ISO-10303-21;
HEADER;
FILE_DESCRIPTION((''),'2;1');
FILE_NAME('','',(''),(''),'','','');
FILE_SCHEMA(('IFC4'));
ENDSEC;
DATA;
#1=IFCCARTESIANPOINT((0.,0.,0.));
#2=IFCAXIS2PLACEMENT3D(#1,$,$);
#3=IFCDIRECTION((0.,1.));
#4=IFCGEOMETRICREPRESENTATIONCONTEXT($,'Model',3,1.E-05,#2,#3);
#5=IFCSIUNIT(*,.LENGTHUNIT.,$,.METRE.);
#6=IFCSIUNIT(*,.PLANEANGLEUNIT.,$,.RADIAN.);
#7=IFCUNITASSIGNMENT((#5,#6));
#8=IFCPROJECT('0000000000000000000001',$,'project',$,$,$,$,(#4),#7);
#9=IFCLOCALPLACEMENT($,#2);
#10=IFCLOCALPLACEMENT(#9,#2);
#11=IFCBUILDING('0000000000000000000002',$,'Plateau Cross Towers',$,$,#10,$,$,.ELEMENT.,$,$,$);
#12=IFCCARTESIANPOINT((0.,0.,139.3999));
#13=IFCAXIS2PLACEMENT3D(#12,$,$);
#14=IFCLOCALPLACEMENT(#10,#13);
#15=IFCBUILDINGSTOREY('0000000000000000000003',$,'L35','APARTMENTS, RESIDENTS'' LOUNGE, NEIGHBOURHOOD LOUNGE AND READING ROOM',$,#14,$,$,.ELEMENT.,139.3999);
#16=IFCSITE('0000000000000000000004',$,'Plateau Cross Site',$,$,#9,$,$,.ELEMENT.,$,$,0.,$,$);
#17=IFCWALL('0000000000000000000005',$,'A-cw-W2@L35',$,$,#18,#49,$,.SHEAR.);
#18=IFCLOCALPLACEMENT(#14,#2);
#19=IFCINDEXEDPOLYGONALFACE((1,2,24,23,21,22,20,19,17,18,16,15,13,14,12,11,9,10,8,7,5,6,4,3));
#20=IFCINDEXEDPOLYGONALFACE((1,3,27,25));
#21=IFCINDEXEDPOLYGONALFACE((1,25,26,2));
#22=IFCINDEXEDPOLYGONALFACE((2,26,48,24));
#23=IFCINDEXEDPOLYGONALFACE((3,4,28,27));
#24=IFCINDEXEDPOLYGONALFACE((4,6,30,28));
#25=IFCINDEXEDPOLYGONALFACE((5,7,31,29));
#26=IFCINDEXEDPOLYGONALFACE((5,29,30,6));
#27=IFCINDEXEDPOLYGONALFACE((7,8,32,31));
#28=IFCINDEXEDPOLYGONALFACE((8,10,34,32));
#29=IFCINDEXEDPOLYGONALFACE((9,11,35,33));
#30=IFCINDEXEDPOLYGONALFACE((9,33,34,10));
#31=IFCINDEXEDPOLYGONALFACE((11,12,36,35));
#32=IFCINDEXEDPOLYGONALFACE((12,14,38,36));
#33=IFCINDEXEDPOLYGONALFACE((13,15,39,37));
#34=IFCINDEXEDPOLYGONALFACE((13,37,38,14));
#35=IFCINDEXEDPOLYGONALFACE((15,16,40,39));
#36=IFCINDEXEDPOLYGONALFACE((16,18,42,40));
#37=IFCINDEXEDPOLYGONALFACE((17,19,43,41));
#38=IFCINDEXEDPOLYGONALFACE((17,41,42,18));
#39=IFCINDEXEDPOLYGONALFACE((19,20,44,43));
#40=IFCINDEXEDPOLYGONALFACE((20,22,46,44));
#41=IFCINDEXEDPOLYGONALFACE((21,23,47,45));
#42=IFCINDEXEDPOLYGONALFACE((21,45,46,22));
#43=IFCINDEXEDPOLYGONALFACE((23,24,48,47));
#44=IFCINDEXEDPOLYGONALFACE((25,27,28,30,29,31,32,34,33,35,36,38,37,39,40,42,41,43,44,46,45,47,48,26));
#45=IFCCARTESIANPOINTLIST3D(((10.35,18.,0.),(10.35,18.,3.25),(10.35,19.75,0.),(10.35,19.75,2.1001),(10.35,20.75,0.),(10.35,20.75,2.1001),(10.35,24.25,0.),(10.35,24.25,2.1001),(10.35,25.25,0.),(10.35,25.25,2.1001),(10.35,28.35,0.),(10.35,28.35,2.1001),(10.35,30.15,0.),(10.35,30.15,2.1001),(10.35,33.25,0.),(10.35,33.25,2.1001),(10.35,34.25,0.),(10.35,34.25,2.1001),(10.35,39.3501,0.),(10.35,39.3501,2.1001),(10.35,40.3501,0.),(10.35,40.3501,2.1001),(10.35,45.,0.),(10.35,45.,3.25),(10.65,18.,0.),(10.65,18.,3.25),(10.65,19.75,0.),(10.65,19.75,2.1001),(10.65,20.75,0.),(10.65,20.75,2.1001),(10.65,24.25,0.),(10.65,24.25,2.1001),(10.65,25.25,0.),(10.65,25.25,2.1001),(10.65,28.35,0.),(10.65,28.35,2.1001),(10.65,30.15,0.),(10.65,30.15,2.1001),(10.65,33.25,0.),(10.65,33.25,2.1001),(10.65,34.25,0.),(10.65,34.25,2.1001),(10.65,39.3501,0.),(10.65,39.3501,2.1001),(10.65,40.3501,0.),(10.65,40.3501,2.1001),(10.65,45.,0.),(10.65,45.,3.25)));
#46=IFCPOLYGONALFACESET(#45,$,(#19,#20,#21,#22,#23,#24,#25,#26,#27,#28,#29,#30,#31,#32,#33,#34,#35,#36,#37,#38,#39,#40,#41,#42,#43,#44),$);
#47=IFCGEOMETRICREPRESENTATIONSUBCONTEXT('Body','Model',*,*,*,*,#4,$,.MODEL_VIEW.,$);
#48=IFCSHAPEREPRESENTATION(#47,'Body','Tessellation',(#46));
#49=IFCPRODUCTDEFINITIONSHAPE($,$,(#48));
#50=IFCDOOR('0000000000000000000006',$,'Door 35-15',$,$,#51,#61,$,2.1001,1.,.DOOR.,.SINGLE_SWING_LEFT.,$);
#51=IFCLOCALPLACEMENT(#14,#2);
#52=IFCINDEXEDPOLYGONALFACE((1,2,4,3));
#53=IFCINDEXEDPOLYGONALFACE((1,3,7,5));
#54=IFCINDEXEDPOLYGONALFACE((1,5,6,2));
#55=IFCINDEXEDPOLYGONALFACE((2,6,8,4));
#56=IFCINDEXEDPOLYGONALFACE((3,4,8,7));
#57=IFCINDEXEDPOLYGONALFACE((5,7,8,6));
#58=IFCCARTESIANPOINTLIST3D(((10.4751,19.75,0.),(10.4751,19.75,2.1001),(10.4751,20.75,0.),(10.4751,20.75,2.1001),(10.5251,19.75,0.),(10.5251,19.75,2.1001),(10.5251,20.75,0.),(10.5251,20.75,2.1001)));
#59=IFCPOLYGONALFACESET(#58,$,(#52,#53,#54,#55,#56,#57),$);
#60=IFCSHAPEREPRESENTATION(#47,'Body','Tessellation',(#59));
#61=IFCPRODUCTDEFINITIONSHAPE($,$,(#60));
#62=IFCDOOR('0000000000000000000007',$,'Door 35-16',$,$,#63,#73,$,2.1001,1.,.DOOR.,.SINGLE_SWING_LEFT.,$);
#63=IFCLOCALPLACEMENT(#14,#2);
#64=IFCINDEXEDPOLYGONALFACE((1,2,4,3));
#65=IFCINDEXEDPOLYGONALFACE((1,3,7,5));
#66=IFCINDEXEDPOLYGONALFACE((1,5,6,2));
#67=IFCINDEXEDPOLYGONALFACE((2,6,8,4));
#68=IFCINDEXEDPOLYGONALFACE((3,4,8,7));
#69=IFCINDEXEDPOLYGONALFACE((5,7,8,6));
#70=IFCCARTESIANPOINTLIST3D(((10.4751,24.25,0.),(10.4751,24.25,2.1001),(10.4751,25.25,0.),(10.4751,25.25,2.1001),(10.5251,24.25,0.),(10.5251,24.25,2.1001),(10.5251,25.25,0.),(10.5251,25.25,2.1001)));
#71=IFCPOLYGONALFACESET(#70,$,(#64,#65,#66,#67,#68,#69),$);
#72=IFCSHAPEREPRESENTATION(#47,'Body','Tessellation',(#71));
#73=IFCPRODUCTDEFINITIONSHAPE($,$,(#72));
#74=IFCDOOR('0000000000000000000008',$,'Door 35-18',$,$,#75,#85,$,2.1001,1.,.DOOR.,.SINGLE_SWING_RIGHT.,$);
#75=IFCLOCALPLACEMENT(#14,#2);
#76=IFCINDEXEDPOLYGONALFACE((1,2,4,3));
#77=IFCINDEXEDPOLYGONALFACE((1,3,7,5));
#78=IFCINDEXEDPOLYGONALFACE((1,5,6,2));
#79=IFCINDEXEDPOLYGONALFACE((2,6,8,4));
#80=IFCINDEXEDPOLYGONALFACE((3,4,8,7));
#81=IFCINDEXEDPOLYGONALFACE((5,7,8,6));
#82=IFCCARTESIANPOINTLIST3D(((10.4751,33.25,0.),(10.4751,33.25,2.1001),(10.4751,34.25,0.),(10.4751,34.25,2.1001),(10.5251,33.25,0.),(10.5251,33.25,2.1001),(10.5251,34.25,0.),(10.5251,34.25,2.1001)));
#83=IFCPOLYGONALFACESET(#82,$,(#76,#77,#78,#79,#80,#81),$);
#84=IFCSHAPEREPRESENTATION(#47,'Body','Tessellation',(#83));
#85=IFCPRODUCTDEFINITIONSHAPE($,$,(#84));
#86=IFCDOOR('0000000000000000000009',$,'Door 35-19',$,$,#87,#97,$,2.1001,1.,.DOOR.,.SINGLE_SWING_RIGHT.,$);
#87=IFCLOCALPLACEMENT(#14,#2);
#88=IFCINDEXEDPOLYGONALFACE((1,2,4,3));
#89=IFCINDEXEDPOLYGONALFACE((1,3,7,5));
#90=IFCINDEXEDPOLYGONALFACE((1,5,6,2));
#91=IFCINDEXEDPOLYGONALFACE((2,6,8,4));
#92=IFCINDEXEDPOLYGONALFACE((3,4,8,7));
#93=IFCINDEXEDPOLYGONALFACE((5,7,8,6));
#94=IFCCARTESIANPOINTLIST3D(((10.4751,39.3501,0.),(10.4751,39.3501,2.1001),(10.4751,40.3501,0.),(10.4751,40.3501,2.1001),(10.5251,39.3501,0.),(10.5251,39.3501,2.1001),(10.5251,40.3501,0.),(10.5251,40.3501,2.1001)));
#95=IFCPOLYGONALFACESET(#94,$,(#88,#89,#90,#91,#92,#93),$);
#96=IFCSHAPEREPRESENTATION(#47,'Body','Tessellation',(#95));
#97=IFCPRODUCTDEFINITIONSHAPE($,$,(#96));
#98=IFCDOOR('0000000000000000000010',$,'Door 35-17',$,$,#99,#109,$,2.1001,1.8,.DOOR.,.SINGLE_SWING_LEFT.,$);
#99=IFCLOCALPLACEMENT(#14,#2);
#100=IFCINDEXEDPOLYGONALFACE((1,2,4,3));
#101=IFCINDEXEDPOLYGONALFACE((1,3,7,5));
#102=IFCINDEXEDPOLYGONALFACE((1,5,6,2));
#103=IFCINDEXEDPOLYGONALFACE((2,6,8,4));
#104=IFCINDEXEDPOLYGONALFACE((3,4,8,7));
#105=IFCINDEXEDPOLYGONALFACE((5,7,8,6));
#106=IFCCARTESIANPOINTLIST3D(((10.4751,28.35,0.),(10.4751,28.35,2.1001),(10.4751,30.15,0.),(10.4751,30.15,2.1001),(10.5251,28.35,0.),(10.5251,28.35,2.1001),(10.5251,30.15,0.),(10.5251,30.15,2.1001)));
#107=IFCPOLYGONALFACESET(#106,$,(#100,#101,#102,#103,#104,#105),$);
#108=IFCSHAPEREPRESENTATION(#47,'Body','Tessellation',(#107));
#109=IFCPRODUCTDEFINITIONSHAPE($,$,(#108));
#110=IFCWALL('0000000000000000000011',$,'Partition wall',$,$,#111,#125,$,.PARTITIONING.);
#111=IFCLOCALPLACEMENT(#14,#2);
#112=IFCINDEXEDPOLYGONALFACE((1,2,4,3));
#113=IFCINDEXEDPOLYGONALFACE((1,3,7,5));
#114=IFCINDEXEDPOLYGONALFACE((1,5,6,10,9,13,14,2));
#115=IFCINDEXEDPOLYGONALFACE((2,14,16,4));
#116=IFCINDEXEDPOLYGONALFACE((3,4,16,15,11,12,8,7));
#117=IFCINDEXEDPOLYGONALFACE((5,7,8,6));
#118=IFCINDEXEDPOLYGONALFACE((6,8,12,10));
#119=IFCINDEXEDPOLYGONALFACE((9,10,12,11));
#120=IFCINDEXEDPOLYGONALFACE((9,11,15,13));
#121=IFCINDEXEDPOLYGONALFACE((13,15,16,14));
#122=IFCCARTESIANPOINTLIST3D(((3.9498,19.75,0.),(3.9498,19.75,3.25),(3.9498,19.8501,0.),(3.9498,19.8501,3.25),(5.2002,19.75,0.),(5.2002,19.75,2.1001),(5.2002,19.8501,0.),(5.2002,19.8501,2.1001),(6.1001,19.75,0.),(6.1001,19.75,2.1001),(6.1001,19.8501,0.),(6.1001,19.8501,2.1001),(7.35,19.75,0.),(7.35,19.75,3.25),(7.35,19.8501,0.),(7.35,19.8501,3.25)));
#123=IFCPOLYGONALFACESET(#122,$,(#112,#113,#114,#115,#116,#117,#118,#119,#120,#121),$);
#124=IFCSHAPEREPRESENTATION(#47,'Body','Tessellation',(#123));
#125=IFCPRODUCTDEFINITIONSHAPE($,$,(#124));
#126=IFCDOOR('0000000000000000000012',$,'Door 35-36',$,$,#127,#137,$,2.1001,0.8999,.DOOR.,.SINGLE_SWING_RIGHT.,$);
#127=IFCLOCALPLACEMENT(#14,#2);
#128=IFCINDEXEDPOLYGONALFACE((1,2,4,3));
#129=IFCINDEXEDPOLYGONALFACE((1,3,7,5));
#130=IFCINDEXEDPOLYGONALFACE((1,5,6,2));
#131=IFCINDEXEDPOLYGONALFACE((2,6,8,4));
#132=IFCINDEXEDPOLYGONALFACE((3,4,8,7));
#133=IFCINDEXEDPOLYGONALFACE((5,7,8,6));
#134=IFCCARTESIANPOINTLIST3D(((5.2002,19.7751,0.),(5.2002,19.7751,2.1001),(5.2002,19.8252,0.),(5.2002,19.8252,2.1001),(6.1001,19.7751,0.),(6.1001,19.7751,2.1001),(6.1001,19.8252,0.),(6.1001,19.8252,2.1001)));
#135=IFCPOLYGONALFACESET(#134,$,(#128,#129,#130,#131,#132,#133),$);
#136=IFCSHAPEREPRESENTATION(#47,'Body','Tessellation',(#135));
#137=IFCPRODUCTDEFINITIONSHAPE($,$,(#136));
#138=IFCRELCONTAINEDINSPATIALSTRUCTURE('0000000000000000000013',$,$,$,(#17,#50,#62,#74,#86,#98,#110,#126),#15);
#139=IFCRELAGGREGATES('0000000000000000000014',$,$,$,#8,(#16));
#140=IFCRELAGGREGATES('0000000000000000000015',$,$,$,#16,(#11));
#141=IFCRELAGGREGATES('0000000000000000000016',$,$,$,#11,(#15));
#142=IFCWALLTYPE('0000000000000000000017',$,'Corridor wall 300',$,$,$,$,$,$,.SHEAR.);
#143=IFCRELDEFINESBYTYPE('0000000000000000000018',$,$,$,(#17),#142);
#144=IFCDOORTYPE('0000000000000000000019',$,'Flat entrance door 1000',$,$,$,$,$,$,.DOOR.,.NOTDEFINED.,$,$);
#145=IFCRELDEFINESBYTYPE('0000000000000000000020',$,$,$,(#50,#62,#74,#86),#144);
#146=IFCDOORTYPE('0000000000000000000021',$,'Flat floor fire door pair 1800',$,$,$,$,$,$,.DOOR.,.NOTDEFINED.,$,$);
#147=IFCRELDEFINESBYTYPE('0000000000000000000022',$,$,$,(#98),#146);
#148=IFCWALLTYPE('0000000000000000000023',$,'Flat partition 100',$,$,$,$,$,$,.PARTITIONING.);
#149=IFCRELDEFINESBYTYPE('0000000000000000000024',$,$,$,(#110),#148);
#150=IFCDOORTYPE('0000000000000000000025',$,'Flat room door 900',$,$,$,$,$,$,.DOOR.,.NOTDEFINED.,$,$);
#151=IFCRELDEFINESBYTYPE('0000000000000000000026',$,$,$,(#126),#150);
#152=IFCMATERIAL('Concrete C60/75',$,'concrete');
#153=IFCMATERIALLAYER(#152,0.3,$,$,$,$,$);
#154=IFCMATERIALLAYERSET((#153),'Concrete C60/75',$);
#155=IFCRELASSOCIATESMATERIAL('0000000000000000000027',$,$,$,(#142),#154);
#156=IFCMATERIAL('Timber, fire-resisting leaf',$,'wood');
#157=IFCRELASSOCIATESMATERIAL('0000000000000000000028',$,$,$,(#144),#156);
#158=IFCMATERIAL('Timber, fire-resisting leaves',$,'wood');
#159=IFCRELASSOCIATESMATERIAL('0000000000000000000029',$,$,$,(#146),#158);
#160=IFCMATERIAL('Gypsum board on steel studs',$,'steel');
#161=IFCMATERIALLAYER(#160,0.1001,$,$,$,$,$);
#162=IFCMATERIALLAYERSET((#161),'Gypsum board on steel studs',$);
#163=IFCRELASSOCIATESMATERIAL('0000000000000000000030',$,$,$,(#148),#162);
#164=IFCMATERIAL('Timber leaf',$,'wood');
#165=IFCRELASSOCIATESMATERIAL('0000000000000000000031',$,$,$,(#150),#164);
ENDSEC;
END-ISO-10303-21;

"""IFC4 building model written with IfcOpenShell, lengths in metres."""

from ifc_helpers import new_model, si_unit, direction, frame, frame_2d, origin, place, context, subcontext, project, spatial, rectangle, extrude, material, layer, layer_set, type_object, element, fill, save


model = new_model("IFC4")

# Units and contexts
model_context = context("Model", 3, precision=1e-05, world=origin(), true_north=direction((0.0, 1.0)))
body_context = subcontext(model_context, "Body", "Model", "MODEL_VIEW")
ifc_project = project(units=[si_unit("LENGTHUNIT", "METRE"), si_unit("PLANEANGLEUNIT", "RADIAN")], contexts=[model_context])

# Site, building, storey
site_placement = place(None, origin())
site = spatial("IfcSite", under=ifc_project, at=site_placement, Name="Plateau Cross Site", CompositionType="ELEMENT", RefElevation=0.0)
building_placement = place(site_placement, origin())
building = spatial("IfcBuilding", under=site, at=building_placement, Name="Plateau Cross Towers", CompositionType="ELEMENT")
storey_placement = place(building_placement, frame((0.0, 0.0, 139.3999)))
storey = spatial("IfcBuildingStorey", under=building, at=storey_placement, Name="L35", Description="APARTMENTS, RESIDENTS' LOUNGE, NEIGHBOURHOOD LOUNGE AND READING ROOM", CompositionType="ELEMENT", Elevation=139.3999)

# Wall, openings, doors
ifc_material_1 = material(Name="Concrete C60/75", Category="concrete")
ifc_layer_1 = layer(ifc_material_1, 0.3)
ifc_layer_set_1 = layer_set([ifc_layer_1], Name="Concrete C60/75")
wall_type_1 = type_object("IfcWallType", Name="Corridor wall 300", PredefinedType="SHEAR", material=ifc_layer_set_1)
ifc_material_2 = material(Name="Timber, fire-resisting leaf", Category="wood")
door_type_1 = type_object("IfcDoorType", Name="Flat entrance door 1000", OperationType="NOTDEFINED", PredefinedType="DOOR", material=ifc_material_2)
wall_1_placement = place(storey_placement, frame((10.5, 18.0, 0.0), z_axis=(0.0, 0.0, 1.0), x_axis=(0.0, 1.0, 0.0)))
wall_1 = element("IfcWall", 1, at=wall_1_placement, inside=storey, type_object=wall_type_1, Name="A-cw-W2@L35", PredefinedType="SHEAR", context=body_context, shape_type="SweptSolid", body=[
    extrude(rectangle(XDim=27.0, YDim=0.3, at=frame_2d((13.5, 0.0))), origin(), (0.0, 0.0, 1.0), 3.25),
])
opening_1_placement = place(wall_1_placement, frame((1.75, 0.0, 0.0)))
opening_1 = element("IfcOpeningElement", 2, at=opening_1_placement, cuts=wall_1, PredefinedType="OPENING", context=body_context, shape_type="SweptSolid", body=[
    extrude(rectangle(XDim=1.0, YDim=2.1001, at=frame_2d((0.5, 1.05))), frame((0.0, 0.1599, 0.0), z_axis=(0.0, -1.0, 0.0), x_axis=(1.0, 0.0, 0.0)), (0.0, 0.0, 1.0), 0.3201),
])
opening_2_placement = place(wall_1_placement, frame((6.25, 0.0, 0.0)))
opening_2 = element("IfcOpeningElement", 3, at=opening_2_placement, cuts=wall_1, PredefinedType="OPENING", context=body_context, shape_type="SweptSolid", body=[
    extrude(rectangle(XDim=1.0, YDim=2.1001, at=frame_2d((0.5, 1.05))), frame((0.0, 0.1599, 0.0), z_axis=(0.0, -1.0, 0.0), x_axis=(1.0, 0.0, 0.0)), (0.0, 0.0, 1.0), 0.3201),
])
opening_3_placement = place(wall_1_placement, frame((10.3501, 0.0, 0.0)))
opening_3 = element("IfcOpeningElement", 4, at=opening_3_placement, cuts=wall_1, PredefinedType="OPENING", context=body_context, shape_type="SweptSolid", body=[
    extrude(rectangle(XDim=1.8, YDim=2.1001, at=frame_2d((0.8999, 1.05))), frame((0.0, 0.1599, 0.0), z_axis=(0.0, -1.0, 0.0), x_axis=(1.0, 0.0, 0.0)), (0.0, 0.0, 1.0), 0.3201),
])
opening_4_placement = place(wall_1_placement, frame((15.25, 0.0, 0.0)))
opening_4 = element("IfcOpeningElement", 5, at=opening_4_placement, cuts=wall_1, PredefinedType="OPENING", context=body_context, shape_type="SweptSolid", body=[
    extrude(rectangle(XDim=1.0, YDim=2.1001, at=frame_2d((0.5, 1.05))), frame((0.0, 0.1599, 0.0), z_axis=(0.0, -1.0, 0.0), x_axis=(1.0, 0.0, 0.0)), (0.0, 0.0, 1.0), 0.3201),
])
opening_5_placement = place(wall_1_placement, frame((21.3501, 0.0, 0.0)))
opening_5 = element("IfcOpeningElement", 6, at=opening_5_placement, cuts=wall_1, PredefinedType="OPENING", context=body_context, shape_type="SweptSolid", body=[
    extrude(rectangle(XDim=1.0, YDim=2.1001, at=frame_2d((0.5, 1.05))), frame((0.0, 0.1599, 0.0), z_axis=(0.0, -1.0, 0.0), x_axis=(1.0, 0.0, 0.0)), (0.0, 0.0, 1.0), 0.3201),
])
door_1_placement = place(opening_1_placement, origin())
door_1 = element("IfcDoor", 7, at=door_1_placement, inside=storey, type_object=door_type_1, Name="Door 35-15", OperationType="SINGLE_SWING_LEFT", OverallHeight=2.1001, OverallWidth=1.0, PredefinedType="DOOR", context=body_context, shape_type="SweptSolid", body=[
    extrude(rectangle(XDim=1.0, YDim=2.1001, at=frame_2d((0.5, 1.05))), frame((0.0, 0.0249, 0.0), z_axis=(0.0, -1.0, 0.0), x_axis=(1.0, 0.0, 0.0)), (0.0, 0.0, 1.0), 0.05),
])
fill(opening_1, door_1)
door_2_placement = place(opening_2_placement, origin())
door_2 = element("IfcDoor", 8, at=door_2_placement, inside=storey, type_object=door_type_1, Name="Door 35-16", OperationType="SINGLE_SWING_LEFT", OverallHeight=2.1001, OverallWidth=1.0, PredefinedType="DOOR", context=body_context, shape_type="SweptSolid", body=[
    extrude(rectangle(XDim=1.0, YDim=2.1001, at=frame_2d((0.5, 1.05))), frame((0.0, 0.0249, 0.0), z_axis=(0.0, -1.0, 0.0), x_axis=(1.0, 0.0, 0.0)), (0.0, 0.0, 1.0), 0.05),
])
fill(opening_2, door_2)
door_3_placement = place(opening_4_placement, origin())
door_3 = element("IfcDoor", 9, at=door_3_placement, inside=storey, type_object=door_type_1, Name="Door 35-18", OperationType="SINGLE_SWING_RIGHT", OverallHeight=2.1001, OverallWidth=1.0, PredefinedType="DOOR", context=body_context, shape_type="SweptSolid", body=[
    extrude(rectangle(XDim=1.0, YDim=2.1001, at=frame_2d((0.5, 1.05))), frame((0.0, 0.0249, 0.0), z_axis=(0.0, -1.0, 0.0), x_axis=(1.0, 0.0, 0.0)), (0.0, 0.0, 1.0), 0.05),
])
fill(opening_4, door_3)
door_4_placement = place(opening_5_placement, origin())
door_4 = element("IfcDoor", 10, at=door_4_placement, inside=storey, type_object=door_type_1, Name="Door 35-19", OperationType="SINGLE_SWING_RIGHT", OverallHeight=2.1001, OverallWidth=1.0, PredefinedType="DOOR", context=body_context, shape_type="SweptSolid", body=[
    extrude(rectangle(XDim=1.0, YDim=2.1001, at=frame_2d((0.5, 1.05))), frame((0.0, 0.0249, 0.0), z_axis=(0.0, -1.0, 0.0), x_axis=(1.0, 0.0, 0.0)), (0.0, 0.0, 1.0), 0.05),
])
fill(opening_5, door_4)
ifc_material_3 = material(Name="Timber, fire-resisting leaves", Category="wood")
door_type_2 = type_object("IfcDoorType", Name="Flat floor fire door pair 1800", OperationType="NOTDEFINED", PredefinedType="DOOR", material=ifc_material_3)
door_5_placement = place(opening_3_placement, origin())
door_5 = element("IfcDoor", 11, at=door_5_placement, inside=storey, type_object=door_type_2, Name="Door 35-17", OperationType="SINGLE_SWING_LEFT", OverallHeight=2.1001, OverallWidth=1.8, PredefinedType="DOOR", context=body_context, shape_type="SweptSolid", body=[
    extrude(rectangle(XDim=1.8, YDim=2.1001, at=frame_2d((0.8999, 1.05))), frame((0.0, 0.0249, 0.0), z_axis=(0.0, -1.0, 0.0), x_axis=(1.0, 0.0, 0.0)), (0.0, 0.0, 1.0), 0.05),
])
fill(opening_3, door_5)

# Wall, opening, door
ifc_material_4 = material(Name="Gypsum board on steel studs", Category="steel")
ifc_layer_2 = layer(ifc_material_4, 0.1001)
ifc_layer_set_2 = layer_set([ifc_layer_2], Name="Gypsum board on steel studs")
wall_type_2 = type_object("IfcWallType", Name="Flat partition 100", PredefinedType="PARTITIONING", material=ifc_layer_set_2)
wall_2_placement = place(storey_placement, frame((7.3501, 19.8, 0.0), z_axis=(0.0, 0.0, 1.0), x_axis=(-1.0, 0.0, 0.0)))
wall_2 = element("IfcWall", 12, at=wall_2_placement, inside=storey, type_object=wall_type_2, Name="Partition wall", PredefinedType="PARTITIONING", context=body_context, shape_type="SweptSolid", body=[
    extrude(rectangle(XDim=3.4001, YDim=0.1001, at=frame_2d((1.7002, 0.0))), origin(), (0.0, 0.0, 1.0), 3.25),
])
opening_6_placement = place(wall_2_placement, frame((1.25, 0.0, 0.0)))
opening_6 = element("IfcOpeningElement", 13, at=opening_6_placement, cuts=wall_2, PredefinedType="OPENING", context=body_context, shape_type="SweptSolid", body=[
    extrude(rectangle(XDim=0.8999, YDim=2.1001, at=frame_2d((0.45, 1.05))), frame((0.0, 0.0601, 0.0), z_axis=(0.0, -1.0, 0.0), x_axis=(1.0, 0.0, 0.0)), (0.0, 0.0, 1.0), 0.1201),
])
ifc_material_5 = material(Name="Timber leaf", Category="wood")
door_type_3 = type_object("IfcDoorType", Name="Flat room door 900", OperationType="NOTDEFINED", PredefinedType="DOOR", material=ifc_material_5)
door_6_placement = place(opening_6_placement, origin())
door_6 = element("IfcDoor", 14, at=door_6_placement, inside=storey, type_object=door_type_3, Name="Door 35-36", OperationType="SINGLE_SWING_RIGHT", OverallHeight=2.1001, OverallWidth=0.8999, PredefinedType="DOOR", context=body_context, shape_type="SweptSolid", body=[
    extrude(rectangle(XDim=0.8999, YDim=2.1001, at=frame_2d((0.45, 1.05))), frame((0.0, 0.0249, 0.0), z_axis=(0.0, -1.0, 0.0), x_axis=(1.0, 0.0, 0.0)), (0.0, 0.0, 1.0), 0.05),
])
fill(opening_6, door_6)

save(model, "model.ifc")
